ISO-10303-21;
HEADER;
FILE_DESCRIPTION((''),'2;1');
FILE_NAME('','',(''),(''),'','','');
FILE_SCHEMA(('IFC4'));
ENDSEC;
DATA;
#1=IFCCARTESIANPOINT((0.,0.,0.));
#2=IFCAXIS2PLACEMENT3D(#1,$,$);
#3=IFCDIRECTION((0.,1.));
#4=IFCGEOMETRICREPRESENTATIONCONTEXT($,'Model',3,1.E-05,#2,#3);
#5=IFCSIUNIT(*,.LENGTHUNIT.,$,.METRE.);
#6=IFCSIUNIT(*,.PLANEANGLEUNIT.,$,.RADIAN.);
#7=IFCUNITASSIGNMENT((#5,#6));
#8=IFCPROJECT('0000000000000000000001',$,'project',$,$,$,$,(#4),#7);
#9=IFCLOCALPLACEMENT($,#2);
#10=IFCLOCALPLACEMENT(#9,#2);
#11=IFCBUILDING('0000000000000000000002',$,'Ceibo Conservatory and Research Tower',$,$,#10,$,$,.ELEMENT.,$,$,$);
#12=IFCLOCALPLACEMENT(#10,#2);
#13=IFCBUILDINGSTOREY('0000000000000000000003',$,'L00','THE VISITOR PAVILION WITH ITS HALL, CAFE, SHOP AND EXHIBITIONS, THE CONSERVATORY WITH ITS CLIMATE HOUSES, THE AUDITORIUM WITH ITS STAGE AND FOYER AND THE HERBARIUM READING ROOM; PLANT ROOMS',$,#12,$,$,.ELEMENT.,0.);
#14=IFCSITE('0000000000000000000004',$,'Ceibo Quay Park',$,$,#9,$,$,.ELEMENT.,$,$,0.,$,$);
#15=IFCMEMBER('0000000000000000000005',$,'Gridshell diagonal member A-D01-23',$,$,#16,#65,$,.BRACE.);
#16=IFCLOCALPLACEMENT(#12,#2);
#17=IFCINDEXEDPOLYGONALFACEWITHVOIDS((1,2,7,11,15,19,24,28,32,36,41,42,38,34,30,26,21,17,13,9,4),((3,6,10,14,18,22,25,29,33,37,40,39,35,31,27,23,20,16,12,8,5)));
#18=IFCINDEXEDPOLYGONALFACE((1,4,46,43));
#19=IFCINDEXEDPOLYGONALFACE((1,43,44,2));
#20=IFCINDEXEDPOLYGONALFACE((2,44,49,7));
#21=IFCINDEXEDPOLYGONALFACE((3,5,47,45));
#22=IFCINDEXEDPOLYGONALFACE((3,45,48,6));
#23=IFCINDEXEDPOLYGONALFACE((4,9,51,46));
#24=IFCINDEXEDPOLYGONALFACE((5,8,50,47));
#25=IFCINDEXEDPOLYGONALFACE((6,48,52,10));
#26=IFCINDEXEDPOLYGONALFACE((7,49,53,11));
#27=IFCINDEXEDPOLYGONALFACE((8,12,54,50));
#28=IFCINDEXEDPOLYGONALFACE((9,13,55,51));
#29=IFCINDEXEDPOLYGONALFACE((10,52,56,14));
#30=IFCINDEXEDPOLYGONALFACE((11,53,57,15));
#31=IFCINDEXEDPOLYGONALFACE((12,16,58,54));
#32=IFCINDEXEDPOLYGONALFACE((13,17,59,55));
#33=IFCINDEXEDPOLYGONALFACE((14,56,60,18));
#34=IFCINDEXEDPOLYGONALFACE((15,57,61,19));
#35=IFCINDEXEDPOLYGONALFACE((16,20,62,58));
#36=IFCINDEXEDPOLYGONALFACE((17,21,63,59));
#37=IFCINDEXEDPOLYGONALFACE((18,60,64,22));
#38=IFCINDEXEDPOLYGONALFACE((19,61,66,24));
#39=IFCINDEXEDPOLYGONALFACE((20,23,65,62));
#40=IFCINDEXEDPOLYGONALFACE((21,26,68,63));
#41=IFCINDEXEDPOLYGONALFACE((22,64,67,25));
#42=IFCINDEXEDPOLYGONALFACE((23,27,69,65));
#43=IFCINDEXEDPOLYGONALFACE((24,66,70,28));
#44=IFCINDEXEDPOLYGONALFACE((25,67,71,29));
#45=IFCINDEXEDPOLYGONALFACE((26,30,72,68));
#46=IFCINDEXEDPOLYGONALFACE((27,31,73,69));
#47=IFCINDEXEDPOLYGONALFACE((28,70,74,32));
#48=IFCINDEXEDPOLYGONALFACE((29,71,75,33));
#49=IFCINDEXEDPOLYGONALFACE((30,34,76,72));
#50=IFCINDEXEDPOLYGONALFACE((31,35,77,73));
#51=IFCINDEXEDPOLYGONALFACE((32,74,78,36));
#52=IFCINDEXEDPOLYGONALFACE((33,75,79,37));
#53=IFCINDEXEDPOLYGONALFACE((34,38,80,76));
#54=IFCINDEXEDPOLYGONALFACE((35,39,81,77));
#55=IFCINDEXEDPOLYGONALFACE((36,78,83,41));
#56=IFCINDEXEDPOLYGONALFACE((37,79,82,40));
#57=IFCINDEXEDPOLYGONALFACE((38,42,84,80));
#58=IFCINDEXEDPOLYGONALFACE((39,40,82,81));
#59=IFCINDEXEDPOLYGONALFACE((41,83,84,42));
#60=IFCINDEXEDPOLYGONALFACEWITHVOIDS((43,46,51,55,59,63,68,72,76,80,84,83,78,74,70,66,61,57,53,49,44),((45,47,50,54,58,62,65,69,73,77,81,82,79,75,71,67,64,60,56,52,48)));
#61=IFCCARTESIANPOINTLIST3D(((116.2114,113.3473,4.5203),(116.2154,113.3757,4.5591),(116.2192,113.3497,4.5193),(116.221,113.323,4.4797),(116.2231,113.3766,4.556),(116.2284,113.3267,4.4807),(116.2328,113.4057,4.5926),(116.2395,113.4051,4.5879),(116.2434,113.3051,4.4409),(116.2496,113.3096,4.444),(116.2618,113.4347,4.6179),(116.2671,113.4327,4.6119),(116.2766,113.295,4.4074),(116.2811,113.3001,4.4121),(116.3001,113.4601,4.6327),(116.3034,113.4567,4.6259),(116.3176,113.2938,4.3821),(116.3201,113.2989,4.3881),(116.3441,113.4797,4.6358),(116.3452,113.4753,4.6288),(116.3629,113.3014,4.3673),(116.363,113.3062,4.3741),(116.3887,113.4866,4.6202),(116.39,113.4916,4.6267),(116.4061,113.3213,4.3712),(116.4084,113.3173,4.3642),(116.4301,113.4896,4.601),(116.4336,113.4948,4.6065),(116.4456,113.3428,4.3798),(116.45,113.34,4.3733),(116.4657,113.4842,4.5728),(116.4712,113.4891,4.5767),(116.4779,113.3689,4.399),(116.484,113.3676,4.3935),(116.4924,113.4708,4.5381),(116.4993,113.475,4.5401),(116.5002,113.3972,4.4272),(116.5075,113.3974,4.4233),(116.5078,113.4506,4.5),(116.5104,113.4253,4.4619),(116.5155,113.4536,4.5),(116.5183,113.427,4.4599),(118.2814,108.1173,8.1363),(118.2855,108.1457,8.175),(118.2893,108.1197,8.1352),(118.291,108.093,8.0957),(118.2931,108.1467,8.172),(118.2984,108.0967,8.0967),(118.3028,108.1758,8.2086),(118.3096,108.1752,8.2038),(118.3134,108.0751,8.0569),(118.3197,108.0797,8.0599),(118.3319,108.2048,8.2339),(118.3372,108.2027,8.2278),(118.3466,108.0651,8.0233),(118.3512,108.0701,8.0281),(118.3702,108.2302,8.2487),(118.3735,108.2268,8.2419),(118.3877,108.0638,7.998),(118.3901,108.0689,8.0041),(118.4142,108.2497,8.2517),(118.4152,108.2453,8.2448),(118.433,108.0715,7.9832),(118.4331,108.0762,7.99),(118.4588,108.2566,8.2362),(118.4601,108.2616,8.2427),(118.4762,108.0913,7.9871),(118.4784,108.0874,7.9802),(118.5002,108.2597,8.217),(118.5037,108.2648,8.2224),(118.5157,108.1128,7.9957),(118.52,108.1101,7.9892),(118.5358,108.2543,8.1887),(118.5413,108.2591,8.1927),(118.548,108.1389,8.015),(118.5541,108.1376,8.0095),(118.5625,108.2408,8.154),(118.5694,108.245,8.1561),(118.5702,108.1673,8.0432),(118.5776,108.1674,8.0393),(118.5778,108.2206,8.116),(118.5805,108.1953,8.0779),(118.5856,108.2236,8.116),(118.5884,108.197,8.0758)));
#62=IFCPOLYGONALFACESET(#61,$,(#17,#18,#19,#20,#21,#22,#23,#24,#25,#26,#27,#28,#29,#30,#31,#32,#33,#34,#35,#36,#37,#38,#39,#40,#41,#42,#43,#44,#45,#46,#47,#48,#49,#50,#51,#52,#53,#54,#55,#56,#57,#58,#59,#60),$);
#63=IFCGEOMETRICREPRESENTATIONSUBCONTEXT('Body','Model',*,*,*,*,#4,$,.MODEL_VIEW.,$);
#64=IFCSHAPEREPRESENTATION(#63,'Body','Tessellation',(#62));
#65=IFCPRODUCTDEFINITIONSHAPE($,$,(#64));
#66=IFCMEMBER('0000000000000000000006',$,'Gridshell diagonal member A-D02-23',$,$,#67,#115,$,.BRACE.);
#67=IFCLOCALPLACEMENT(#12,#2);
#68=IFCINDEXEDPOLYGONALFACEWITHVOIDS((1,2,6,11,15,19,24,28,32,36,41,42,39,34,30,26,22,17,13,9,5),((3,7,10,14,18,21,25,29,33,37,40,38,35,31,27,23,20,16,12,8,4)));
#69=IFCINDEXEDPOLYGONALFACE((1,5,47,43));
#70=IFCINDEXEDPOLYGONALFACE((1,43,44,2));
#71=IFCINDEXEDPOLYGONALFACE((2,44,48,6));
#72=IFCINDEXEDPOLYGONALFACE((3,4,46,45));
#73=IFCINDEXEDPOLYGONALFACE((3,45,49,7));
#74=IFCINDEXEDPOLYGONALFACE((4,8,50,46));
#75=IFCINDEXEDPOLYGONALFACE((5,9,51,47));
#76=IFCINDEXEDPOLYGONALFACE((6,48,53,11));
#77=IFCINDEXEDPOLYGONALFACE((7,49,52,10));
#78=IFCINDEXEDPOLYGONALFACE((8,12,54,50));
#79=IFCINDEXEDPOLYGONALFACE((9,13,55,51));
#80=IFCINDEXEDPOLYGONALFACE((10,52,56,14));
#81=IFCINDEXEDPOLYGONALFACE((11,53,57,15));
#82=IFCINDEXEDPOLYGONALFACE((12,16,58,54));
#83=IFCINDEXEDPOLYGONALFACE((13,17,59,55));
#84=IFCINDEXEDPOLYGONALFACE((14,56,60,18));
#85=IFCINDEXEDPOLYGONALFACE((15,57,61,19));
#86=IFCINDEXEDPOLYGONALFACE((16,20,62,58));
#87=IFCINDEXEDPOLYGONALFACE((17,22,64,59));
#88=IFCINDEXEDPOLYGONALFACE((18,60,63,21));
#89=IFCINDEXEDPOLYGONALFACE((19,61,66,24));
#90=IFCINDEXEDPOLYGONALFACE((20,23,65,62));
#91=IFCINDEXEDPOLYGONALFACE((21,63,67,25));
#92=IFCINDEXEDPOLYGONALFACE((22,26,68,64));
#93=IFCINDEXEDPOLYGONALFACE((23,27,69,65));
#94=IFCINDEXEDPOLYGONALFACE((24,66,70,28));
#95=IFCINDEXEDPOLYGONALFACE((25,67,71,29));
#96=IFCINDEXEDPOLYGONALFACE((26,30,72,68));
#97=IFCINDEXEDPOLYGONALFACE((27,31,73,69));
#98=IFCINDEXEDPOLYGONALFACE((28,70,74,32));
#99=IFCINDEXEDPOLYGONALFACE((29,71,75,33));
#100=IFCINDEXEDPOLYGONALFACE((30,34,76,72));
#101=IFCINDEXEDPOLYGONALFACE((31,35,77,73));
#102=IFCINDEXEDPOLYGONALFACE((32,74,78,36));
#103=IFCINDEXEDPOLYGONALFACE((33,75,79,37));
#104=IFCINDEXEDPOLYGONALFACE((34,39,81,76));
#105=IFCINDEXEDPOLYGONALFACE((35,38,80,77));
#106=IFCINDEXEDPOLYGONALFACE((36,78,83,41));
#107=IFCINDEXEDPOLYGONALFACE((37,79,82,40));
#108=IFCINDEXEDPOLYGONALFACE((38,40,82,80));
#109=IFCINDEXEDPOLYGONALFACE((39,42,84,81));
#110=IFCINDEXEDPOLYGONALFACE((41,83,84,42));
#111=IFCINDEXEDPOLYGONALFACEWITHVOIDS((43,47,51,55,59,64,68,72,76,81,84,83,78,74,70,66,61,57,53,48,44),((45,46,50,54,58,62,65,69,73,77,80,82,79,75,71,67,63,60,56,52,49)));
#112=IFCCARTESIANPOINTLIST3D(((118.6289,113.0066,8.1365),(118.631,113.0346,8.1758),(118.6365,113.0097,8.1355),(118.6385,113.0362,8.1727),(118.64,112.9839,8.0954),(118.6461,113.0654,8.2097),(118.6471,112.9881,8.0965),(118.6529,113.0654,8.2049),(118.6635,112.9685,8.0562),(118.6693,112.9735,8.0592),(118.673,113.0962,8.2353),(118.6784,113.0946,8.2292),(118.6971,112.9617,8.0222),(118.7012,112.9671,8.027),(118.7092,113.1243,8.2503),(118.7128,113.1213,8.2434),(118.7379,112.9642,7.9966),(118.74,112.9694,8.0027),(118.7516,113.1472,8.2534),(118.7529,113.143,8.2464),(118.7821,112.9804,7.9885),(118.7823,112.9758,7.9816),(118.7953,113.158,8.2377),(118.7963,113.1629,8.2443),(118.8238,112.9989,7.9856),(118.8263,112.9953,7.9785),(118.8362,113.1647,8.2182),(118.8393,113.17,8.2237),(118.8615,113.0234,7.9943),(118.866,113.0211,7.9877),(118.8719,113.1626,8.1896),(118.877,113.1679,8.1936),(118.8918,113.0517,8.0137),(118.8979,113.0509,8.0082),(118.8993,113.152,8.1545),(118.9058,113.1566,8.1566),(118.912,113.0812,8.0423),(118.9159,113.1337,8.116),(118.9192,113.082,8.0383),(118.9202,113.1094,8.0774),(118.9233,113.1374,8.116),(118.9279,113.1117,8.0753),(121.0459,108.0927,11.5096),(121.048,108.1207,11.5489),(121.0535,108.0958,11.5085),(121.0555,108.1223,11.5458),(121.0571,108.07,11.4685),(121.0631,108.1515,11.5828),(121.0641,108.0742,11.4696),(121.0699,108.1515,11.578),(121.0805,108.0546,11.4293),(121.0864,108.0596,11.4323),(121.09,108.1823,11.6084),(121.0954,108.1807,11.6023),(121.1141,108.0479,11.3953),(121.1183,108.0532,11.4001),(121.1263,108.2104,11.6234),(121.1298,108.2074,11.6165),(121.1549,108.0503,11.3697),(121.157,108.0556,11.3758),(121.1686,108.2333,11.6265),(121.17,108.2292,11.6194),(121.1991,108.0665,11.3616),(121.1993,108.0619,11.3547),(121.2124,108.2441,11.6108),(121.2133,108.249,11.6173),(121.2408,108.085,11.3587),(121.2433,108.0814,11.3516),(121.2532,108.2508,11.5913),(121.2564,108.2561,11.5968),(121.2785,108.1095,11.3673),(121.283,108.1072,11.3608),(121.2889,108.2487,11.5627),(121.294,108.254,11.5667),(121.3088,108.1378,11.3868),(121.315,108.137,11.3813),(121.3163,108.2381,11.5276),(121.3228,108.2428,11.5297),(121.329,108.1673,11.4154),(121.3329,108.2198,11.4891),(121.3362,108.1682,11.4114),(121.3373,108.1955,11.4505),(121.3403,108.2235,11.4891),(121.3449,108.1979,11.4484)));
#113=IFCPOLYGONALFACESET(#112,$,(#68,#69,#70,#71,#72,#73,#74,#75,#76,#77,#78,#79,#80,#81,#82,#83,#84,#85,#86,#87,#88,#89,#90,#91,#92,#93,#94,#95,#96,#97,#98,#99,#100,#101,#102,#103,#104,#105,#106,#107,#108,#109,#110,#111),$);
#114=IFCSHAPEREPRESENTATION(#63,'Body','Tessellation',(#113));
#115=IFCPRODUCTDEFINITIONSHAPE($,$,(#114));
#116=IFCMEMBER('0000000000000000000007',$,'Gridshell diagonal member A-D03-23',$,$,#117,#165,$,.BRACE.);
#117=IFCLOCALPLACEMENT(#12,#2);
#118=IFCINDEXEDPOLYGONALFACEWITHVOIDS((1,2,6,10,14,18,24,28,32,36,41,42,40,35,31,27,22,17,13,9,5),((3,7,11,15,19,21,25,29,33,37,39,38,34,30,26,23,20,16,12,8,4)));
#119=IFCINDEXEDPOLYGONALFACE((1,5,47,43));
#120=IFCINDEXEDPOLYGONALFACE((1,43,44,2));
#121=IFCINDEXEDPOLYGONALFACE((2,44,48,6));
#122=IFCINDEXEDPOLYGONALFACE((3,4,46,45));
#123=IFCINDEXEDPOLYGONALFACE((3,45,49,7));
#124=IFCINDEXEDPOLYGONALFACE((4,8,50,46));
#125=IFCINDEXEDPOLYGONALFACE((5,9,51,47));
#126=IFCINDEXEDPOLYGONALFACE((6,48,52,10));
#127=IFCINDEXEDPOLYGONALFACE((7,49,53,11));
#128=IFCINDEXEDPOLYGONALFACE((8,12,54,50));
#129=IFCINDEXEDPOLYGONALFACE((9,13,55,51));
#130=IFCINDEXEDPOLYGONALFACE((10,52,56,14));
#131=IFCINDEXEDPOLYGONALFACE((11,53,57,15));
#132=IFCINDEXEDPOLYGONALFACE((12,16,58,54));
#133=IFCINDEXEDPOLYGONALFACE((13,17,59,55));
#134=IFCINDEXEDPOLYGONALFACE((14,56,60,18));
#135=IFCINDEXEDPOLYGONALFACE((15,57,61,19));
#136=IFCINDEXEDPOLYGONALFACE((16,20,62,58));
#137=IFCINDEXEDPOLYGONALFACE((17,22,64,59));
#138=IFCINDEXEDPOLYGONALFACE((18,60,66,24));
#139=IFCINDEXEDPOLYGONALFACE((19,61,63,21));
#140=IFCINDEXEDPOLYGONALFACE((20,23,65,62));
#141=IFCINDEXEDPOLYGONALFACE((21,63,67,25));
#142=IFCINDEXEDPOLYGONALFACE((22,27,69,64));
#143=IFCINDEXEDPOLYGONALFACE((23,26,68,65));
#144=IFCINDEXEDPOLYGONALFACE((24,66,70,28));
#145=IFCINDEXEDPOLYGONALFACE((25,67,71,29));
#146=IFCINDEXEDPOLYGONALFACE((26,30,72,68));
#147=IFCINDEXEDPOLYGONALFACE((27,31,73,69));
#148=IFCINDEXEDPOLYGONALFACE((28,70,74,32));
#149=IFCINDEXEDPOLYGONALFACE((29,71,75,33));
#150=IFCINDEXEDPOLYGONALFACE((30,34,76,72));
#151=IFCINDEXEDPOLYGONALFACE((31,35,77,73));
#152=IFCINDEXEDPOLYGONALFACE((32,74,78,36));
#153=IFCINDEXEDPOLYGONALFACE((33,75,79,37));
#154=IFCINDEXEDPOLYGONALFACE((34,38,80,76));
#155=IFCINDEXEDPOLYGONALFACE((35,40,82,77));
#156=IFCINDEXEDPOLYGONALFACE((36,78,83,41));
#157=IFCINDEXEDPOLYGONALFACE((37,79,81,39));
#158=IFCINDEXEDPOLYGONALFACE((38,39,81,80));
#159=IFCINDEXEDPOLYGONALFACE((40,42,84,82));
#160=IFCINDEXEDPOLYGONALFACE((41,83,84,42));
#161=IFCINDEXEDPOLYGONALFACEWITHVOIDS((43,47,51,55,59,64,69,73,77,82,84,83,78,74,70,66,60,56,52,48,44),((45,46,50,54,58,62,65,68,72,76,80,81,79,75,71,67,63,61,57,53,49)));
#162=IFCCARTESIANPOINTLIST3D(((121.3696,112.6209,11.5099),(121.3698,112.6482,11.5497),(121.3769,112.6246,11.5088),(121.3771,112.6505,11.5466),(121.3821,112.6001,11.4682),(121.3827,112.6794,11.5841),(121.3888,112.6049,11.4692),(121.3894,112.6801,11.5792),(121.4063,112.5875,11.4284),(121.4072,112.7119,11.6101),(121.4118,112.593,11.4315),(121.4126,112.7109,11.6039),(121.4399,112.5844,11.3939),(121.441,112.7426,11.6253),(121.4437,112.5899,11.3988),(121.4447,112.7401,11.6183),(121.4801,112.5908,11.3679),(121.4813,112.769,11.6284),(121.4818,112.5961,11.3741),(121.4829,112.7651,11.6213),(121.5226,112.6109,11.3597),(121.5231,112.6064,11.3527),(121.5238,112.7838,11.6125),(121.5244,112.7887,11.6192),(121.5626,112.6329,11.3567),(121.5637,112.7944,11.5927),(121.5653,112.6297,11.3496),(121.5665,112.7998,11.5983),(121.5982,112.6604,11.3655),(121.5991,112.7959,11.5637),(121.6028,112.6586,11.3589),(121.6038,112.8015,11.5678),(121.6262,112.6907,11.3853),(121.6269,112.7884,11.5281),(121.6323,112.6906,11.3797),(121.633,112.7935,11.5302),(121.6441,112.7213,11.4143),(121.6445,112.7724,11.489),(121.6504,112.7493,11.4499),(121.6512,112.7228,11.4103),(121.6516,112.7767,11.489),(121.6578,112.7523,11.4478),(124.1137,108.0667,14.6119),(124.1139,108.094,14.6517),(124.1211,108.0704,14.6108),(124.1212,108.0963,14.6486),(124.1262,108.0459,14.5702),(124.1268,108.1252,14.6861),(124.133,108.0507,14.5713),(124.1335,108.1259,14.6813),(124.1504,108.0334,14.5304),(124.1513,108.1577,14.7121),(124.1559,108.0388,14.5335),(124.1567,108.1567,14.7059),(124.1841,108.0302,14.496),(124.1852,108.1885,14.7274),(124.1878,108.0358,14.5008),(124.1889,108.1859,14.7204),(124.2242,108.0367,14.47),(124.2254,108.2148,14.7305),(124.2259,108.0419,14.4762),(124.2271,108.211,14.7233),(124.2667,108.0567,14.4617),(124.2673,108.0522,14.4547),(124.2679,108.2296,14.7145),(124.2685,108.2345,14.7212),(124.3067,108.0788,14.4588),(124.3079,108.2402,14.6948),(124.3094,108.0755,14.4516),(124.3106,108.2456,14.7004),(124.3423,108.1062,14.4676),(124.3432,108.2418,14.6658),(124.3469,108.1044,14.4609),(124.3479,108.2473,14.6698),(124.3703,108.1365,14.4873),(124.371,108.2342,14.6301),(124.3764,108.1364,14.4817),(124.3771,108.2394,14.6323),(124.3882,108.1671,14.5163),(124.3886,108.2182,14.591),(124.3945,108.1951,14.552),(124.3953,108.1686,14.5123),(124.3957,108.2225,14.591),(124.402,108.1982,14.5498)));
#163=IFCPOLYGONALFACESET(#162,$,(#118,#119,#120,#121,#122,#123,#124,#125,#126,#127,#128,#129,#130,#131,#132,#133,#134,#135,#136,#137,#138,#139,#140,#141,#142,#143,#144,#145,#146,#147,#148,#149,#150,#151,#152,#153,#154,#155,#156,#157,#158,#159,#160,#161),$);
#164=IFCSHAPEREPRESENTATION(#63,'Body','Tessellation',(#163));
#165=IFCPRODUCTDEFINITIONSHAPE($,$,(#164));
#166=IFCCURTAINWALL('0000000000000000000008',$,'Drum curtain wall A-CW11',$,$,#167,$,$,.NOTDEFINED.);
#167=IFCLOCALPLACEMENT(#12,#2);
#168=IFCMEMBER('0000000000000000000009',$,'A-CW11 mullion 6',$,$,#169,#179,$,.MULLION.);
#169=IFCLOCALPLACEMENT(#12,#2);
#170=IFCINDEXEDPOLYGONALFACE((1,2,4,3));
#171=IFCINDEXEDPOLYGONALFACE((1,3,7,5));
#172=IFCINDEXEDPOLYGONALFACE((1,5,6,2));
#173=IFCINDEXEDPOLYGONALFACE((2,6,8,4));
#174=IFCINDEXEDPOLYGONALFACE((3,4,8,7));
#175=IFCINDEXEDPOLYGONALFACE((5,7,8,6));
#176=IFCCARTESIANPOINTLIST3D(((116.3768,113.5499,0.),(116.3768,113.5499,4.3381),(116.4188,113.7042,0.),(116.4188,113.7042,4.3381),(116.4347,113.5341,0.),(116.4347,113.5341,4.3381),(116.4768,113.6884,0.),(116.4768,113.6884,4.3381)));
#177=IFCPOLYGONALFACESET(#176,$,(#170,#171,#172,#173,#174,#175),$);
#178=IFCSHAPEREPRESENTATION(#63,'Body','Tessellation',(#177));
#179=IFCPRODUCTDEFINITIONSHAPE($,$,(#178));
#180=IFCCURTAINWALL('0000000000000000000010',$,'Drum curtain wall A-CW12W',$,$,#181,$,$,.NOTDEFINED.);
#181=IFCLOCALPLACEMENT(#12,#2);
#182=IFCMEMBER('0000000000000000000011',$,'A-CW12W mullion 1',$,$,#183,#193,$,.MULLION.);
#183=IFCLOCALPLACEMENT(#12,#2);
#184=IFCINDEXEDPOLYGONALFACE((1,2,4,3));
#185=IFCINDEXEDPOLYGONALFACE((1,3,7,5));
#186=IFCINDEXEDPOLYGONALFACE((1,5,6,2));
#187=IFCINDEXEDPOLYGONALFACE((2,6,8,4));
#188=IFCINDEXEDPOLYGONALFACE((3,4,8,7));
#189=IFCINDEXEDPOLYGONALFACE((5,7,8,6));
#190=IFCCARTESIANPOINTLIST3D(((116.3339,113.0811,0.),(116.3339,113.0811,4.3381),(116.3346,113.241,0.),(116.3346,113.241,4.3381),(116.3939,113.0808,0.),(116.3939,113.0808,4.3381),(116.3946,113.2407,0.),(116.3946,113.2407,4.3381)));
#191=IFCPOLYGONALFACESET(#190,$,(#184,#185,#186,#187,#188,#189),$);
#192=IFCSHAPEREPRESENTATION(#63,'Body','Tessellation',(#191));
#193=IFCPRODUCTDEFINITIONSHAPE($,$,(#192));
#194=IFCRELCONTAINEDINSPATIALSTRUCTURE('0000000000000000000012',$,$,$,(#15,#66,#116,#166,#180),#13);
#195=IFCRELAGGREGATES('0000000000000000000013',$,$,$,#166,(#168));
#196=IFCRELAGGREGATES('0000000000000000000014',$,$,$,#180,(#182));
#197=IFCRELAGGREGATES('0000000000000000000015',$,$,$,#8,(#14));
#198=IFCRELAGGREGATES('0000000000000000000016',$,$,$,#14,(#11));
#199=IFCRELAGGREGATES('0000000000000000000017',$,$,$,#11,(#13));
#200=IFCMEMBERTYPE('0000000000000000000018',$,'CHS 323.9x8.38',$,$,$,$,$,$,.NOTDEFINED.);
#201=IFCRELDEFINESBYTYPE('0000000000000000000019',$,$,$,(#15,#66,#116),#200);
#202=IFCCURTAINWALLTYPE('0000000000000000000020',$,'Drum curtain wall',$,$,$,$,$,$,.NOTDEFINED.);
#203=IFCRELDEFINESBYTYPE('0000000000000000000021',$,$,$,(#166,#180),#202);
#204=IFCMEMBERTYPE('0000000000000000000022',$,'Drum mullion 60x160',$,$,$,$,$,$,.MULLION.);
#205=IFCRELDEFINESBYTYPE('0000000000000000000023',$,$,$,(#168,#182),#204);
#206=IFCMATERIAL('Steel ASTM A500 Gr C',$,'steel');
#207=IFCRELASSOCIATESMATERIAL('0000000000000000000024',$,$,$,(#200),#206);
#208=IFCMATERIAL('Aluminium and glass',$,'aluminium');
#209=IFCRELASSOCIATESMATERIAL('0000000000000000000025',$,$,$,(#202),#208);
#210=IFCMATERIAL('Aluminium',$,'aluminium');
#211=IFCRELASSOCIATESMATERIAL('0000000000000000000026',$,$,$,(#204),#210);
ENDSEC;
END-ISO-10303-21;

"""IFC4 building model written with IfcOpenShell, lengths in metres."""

from ifc_helpers import new_model, si_unit, direction, frame, origin, origin_2d, place, context, subcontext, project, spatial, rectangle, hollow_circle, extrude, material, material_profile, profile_set, type_object, element, aggregate, save


model = new_model("IFC4")

# Units and contexts
model_context = context("Model", 3, precision=1e-05, world=origin(), true_north=direction((0.0, 1.0)))
body_context = subcontext(model_context, "Body", "Model", "MODEL_VIEW")
ifc_project = project(units=[si_unit("LENGTHUNIT", "METRE"), si_unit("PLANEANGLEUNIT", "RADIAN")], contexts=[model_context])

# Site, building, storey
site_placement = place(None, origin())
site = spatial("IfcSite", under=ifc_project, at=site_placement, Name="Ceibo Quay Park", CompositionType="ELEMENT", RefElevation=0.0)
building_placement = place(site_placement, origin())
building = spatial("IfcBuilding", under=site, at=building_placement, Name="Ceibo Conservatory and Research Tower", CompositionType="ELEMENT")
storey_placement = place(building_placement, origin())
storey = spatial("IfcBuildingStorey", under=building, at=storey_placement, Name="L00", Description="THE VISITOR PAVILION WITH ITS HALL, CAFE, SHOP AND EXHIBITIONS, THE CONSERVATORY WITH ITS CLIMATE HOUSES, THE AUDITORIUM WITH ITS STAGE AND FOYER AND THE HERBARIUM READING ROOM; PLANT ROOMS", CompositionType="ELEMENT", Elevation=0.0)

# Shared definitions
ifc_material_1 = material(Name="Steel ASTM A500 Gr C", Category="steel")

# Members
ifc_material_profile_1 = material_profile(ifc_material_1, hollow_circle(Radius=0.1619, WallThickness=0.0083, at=origin_2d()), Name="CHS 323.9x8.38")
ifc_profile_set_1 = profile_set([ifc_material_profile_1], Name="Steel ASTM A500 Gr C")
member_type_1 = type_object("IfcMemberType", Name="CHS 323.9x8.38", PredefinedType="NOTDEFINED", material=ifc_profile_set_1)
member_1_placement = place(storey_placement, frame((116.365, 113.394, 4.5), z_axis=(0.309576, -0.782137, 0.540763), x_axis=(0.929815, 0.368028, 0.0)))
element("IfcMember", 1, at=member_1_placement, inside=storey, type_object=member_type_1, Name="Gridshell diagonal member A-D01-23", PredefinedType="BRACE", context=body_context, shape_type="SweptSolid", body=[
    extrude(hollow_circle(Radius=0.1619, WallThickness=0.0083, at=origin_2d()), origin(), (0.0, 0.0, 1.0), 6.6868),
])
member_2_placement = place(storey_placement, frame((118.7781, 113.0659, 8.116), z_axis=(0.375802, -0.764017, 0.524453), x_axis=(0.897324, 0.441373, 0.0)))
element("IfcMember", 2, at=member_2_placement, inside=storey, type_object=member_type_1, Name="Gridshell diagonal member A-D02-23", PredefinedType="BRACE", context=body_context, shape_type="SweptSolid", body=[
    extrude(hollow_circle(Radius=0.1619, WallThickness=0.0083, at=origin_2d()), origin(), (0.0, 0.0, 1.0), 6.4316),
])
member_3_placement = place(storey_placement, frame((121.5129, 112.6931, 11.489), z_axis=(0.445782, -0.739824, 0.503924), x_axis=(0.856527, 0.516102, 0.0)))
element("IfcMember", 3, at=member_3_placement, inside=storey, type_object=member_type_1, Name="Gridshell diagonal member A-D03-23", PredefinedType="BRACE", context=body_context, shape_type="SweptSolid", body=[
    extrude(hollow_circle(Radius=0.1619, WallThickness=0.0083, at=origin_2d()), origin(), (0.0, 0.0, 1.0), 6.1558),
])

# Curtain wall, member
ifc_material_2 = material(Name="Aluminium and glass", Category="aluminium")
curtain_wall_type_1 = type_object("IfcCurtainWallType", Name="Drum curtain wall", PredefinedType="NOTDEFINED", material=ifc_material_2)
curtain_wall_1_placement = place(storey_placement, origin())
curtain_wall_1 = element("IfcCurtainWall", 4, at=curtain_wall_1_placement, inside=storey, type_object=curtain_wall_type_1, Name="Drum curtain wall A-CW11", PredefinedType="NOTDEFINED")
ifc_material_3 = material(Name="Aluminium", Category="aluminium")
ifc_material_profile_2 = material_profile(ifc_material_3, rectangle(XDim=0.0601, YDim=0.1599, at=origin_2d()), Name="AL 60x160")
ifc_profile_set_2 = profile_set([ifc_material_profile_2], Name="Aluminium")
member_type_2 = type_object("IfcMemberType", Name="Drum mullion 60x160", PredefinedType="MULLION", material=ifc_profile_set_2)
member_4_placement = place(storey_placement, frame((116.4268, 113.6191, 0.0), z_axis=(0.0, 0.0, 1.0), x_axis=(0.964787, -0.263031, 0.0)))
member_4 = element("IfcMember", 5, at=member_4_placement, type_object=member_type_2, Name="A-CW11 mullion 6", PredefinedType="MULLION", context=body_context, shape_type="SweptSolid", body=[
    extrude(rectangle(XDim=0.0601, YDim=0.1599, at=origin_2d()), origin(), (0.0, 0.0, 1.0), 4.3381),
])
aggregate(curtain_wall_1, [member_4])

# Curtain wall, member
curtain_wall_2_placement = place(storey_placement, origin())
curtain_wall_2 = element("IfcCurtainWall", 6, at=curtain_wall_2_placement, inside=storey, type_object=curtain_wall_type_1, Name="Drum curtain wall A-CW12W", PredefinedType="NOTDEFINED")
member_5_placement = place(storey_placement, frame((116.3643, 113.1609, 0.0), z_axis=(0.0, 0.0, 1.0), x_axis=(0.99999, -0.004363, 0.0)))
member_5 = element("IfcMember", 7, at=member_5_placement, type_object=member_type_2, Name="A-CW12W mullion 1", PredefinedType="MULLION", context=body_context, shape_type="SweptSolid", body=[
    extrude(rectangle(XDim=0.0601, YDim=0.1599, at=origin_2d()), origin(), (0.0, 0.0, 1.0), 4.3381),
])

aggregate(curtain_wall_2, [member_5])

save(model, "model.ifc")
